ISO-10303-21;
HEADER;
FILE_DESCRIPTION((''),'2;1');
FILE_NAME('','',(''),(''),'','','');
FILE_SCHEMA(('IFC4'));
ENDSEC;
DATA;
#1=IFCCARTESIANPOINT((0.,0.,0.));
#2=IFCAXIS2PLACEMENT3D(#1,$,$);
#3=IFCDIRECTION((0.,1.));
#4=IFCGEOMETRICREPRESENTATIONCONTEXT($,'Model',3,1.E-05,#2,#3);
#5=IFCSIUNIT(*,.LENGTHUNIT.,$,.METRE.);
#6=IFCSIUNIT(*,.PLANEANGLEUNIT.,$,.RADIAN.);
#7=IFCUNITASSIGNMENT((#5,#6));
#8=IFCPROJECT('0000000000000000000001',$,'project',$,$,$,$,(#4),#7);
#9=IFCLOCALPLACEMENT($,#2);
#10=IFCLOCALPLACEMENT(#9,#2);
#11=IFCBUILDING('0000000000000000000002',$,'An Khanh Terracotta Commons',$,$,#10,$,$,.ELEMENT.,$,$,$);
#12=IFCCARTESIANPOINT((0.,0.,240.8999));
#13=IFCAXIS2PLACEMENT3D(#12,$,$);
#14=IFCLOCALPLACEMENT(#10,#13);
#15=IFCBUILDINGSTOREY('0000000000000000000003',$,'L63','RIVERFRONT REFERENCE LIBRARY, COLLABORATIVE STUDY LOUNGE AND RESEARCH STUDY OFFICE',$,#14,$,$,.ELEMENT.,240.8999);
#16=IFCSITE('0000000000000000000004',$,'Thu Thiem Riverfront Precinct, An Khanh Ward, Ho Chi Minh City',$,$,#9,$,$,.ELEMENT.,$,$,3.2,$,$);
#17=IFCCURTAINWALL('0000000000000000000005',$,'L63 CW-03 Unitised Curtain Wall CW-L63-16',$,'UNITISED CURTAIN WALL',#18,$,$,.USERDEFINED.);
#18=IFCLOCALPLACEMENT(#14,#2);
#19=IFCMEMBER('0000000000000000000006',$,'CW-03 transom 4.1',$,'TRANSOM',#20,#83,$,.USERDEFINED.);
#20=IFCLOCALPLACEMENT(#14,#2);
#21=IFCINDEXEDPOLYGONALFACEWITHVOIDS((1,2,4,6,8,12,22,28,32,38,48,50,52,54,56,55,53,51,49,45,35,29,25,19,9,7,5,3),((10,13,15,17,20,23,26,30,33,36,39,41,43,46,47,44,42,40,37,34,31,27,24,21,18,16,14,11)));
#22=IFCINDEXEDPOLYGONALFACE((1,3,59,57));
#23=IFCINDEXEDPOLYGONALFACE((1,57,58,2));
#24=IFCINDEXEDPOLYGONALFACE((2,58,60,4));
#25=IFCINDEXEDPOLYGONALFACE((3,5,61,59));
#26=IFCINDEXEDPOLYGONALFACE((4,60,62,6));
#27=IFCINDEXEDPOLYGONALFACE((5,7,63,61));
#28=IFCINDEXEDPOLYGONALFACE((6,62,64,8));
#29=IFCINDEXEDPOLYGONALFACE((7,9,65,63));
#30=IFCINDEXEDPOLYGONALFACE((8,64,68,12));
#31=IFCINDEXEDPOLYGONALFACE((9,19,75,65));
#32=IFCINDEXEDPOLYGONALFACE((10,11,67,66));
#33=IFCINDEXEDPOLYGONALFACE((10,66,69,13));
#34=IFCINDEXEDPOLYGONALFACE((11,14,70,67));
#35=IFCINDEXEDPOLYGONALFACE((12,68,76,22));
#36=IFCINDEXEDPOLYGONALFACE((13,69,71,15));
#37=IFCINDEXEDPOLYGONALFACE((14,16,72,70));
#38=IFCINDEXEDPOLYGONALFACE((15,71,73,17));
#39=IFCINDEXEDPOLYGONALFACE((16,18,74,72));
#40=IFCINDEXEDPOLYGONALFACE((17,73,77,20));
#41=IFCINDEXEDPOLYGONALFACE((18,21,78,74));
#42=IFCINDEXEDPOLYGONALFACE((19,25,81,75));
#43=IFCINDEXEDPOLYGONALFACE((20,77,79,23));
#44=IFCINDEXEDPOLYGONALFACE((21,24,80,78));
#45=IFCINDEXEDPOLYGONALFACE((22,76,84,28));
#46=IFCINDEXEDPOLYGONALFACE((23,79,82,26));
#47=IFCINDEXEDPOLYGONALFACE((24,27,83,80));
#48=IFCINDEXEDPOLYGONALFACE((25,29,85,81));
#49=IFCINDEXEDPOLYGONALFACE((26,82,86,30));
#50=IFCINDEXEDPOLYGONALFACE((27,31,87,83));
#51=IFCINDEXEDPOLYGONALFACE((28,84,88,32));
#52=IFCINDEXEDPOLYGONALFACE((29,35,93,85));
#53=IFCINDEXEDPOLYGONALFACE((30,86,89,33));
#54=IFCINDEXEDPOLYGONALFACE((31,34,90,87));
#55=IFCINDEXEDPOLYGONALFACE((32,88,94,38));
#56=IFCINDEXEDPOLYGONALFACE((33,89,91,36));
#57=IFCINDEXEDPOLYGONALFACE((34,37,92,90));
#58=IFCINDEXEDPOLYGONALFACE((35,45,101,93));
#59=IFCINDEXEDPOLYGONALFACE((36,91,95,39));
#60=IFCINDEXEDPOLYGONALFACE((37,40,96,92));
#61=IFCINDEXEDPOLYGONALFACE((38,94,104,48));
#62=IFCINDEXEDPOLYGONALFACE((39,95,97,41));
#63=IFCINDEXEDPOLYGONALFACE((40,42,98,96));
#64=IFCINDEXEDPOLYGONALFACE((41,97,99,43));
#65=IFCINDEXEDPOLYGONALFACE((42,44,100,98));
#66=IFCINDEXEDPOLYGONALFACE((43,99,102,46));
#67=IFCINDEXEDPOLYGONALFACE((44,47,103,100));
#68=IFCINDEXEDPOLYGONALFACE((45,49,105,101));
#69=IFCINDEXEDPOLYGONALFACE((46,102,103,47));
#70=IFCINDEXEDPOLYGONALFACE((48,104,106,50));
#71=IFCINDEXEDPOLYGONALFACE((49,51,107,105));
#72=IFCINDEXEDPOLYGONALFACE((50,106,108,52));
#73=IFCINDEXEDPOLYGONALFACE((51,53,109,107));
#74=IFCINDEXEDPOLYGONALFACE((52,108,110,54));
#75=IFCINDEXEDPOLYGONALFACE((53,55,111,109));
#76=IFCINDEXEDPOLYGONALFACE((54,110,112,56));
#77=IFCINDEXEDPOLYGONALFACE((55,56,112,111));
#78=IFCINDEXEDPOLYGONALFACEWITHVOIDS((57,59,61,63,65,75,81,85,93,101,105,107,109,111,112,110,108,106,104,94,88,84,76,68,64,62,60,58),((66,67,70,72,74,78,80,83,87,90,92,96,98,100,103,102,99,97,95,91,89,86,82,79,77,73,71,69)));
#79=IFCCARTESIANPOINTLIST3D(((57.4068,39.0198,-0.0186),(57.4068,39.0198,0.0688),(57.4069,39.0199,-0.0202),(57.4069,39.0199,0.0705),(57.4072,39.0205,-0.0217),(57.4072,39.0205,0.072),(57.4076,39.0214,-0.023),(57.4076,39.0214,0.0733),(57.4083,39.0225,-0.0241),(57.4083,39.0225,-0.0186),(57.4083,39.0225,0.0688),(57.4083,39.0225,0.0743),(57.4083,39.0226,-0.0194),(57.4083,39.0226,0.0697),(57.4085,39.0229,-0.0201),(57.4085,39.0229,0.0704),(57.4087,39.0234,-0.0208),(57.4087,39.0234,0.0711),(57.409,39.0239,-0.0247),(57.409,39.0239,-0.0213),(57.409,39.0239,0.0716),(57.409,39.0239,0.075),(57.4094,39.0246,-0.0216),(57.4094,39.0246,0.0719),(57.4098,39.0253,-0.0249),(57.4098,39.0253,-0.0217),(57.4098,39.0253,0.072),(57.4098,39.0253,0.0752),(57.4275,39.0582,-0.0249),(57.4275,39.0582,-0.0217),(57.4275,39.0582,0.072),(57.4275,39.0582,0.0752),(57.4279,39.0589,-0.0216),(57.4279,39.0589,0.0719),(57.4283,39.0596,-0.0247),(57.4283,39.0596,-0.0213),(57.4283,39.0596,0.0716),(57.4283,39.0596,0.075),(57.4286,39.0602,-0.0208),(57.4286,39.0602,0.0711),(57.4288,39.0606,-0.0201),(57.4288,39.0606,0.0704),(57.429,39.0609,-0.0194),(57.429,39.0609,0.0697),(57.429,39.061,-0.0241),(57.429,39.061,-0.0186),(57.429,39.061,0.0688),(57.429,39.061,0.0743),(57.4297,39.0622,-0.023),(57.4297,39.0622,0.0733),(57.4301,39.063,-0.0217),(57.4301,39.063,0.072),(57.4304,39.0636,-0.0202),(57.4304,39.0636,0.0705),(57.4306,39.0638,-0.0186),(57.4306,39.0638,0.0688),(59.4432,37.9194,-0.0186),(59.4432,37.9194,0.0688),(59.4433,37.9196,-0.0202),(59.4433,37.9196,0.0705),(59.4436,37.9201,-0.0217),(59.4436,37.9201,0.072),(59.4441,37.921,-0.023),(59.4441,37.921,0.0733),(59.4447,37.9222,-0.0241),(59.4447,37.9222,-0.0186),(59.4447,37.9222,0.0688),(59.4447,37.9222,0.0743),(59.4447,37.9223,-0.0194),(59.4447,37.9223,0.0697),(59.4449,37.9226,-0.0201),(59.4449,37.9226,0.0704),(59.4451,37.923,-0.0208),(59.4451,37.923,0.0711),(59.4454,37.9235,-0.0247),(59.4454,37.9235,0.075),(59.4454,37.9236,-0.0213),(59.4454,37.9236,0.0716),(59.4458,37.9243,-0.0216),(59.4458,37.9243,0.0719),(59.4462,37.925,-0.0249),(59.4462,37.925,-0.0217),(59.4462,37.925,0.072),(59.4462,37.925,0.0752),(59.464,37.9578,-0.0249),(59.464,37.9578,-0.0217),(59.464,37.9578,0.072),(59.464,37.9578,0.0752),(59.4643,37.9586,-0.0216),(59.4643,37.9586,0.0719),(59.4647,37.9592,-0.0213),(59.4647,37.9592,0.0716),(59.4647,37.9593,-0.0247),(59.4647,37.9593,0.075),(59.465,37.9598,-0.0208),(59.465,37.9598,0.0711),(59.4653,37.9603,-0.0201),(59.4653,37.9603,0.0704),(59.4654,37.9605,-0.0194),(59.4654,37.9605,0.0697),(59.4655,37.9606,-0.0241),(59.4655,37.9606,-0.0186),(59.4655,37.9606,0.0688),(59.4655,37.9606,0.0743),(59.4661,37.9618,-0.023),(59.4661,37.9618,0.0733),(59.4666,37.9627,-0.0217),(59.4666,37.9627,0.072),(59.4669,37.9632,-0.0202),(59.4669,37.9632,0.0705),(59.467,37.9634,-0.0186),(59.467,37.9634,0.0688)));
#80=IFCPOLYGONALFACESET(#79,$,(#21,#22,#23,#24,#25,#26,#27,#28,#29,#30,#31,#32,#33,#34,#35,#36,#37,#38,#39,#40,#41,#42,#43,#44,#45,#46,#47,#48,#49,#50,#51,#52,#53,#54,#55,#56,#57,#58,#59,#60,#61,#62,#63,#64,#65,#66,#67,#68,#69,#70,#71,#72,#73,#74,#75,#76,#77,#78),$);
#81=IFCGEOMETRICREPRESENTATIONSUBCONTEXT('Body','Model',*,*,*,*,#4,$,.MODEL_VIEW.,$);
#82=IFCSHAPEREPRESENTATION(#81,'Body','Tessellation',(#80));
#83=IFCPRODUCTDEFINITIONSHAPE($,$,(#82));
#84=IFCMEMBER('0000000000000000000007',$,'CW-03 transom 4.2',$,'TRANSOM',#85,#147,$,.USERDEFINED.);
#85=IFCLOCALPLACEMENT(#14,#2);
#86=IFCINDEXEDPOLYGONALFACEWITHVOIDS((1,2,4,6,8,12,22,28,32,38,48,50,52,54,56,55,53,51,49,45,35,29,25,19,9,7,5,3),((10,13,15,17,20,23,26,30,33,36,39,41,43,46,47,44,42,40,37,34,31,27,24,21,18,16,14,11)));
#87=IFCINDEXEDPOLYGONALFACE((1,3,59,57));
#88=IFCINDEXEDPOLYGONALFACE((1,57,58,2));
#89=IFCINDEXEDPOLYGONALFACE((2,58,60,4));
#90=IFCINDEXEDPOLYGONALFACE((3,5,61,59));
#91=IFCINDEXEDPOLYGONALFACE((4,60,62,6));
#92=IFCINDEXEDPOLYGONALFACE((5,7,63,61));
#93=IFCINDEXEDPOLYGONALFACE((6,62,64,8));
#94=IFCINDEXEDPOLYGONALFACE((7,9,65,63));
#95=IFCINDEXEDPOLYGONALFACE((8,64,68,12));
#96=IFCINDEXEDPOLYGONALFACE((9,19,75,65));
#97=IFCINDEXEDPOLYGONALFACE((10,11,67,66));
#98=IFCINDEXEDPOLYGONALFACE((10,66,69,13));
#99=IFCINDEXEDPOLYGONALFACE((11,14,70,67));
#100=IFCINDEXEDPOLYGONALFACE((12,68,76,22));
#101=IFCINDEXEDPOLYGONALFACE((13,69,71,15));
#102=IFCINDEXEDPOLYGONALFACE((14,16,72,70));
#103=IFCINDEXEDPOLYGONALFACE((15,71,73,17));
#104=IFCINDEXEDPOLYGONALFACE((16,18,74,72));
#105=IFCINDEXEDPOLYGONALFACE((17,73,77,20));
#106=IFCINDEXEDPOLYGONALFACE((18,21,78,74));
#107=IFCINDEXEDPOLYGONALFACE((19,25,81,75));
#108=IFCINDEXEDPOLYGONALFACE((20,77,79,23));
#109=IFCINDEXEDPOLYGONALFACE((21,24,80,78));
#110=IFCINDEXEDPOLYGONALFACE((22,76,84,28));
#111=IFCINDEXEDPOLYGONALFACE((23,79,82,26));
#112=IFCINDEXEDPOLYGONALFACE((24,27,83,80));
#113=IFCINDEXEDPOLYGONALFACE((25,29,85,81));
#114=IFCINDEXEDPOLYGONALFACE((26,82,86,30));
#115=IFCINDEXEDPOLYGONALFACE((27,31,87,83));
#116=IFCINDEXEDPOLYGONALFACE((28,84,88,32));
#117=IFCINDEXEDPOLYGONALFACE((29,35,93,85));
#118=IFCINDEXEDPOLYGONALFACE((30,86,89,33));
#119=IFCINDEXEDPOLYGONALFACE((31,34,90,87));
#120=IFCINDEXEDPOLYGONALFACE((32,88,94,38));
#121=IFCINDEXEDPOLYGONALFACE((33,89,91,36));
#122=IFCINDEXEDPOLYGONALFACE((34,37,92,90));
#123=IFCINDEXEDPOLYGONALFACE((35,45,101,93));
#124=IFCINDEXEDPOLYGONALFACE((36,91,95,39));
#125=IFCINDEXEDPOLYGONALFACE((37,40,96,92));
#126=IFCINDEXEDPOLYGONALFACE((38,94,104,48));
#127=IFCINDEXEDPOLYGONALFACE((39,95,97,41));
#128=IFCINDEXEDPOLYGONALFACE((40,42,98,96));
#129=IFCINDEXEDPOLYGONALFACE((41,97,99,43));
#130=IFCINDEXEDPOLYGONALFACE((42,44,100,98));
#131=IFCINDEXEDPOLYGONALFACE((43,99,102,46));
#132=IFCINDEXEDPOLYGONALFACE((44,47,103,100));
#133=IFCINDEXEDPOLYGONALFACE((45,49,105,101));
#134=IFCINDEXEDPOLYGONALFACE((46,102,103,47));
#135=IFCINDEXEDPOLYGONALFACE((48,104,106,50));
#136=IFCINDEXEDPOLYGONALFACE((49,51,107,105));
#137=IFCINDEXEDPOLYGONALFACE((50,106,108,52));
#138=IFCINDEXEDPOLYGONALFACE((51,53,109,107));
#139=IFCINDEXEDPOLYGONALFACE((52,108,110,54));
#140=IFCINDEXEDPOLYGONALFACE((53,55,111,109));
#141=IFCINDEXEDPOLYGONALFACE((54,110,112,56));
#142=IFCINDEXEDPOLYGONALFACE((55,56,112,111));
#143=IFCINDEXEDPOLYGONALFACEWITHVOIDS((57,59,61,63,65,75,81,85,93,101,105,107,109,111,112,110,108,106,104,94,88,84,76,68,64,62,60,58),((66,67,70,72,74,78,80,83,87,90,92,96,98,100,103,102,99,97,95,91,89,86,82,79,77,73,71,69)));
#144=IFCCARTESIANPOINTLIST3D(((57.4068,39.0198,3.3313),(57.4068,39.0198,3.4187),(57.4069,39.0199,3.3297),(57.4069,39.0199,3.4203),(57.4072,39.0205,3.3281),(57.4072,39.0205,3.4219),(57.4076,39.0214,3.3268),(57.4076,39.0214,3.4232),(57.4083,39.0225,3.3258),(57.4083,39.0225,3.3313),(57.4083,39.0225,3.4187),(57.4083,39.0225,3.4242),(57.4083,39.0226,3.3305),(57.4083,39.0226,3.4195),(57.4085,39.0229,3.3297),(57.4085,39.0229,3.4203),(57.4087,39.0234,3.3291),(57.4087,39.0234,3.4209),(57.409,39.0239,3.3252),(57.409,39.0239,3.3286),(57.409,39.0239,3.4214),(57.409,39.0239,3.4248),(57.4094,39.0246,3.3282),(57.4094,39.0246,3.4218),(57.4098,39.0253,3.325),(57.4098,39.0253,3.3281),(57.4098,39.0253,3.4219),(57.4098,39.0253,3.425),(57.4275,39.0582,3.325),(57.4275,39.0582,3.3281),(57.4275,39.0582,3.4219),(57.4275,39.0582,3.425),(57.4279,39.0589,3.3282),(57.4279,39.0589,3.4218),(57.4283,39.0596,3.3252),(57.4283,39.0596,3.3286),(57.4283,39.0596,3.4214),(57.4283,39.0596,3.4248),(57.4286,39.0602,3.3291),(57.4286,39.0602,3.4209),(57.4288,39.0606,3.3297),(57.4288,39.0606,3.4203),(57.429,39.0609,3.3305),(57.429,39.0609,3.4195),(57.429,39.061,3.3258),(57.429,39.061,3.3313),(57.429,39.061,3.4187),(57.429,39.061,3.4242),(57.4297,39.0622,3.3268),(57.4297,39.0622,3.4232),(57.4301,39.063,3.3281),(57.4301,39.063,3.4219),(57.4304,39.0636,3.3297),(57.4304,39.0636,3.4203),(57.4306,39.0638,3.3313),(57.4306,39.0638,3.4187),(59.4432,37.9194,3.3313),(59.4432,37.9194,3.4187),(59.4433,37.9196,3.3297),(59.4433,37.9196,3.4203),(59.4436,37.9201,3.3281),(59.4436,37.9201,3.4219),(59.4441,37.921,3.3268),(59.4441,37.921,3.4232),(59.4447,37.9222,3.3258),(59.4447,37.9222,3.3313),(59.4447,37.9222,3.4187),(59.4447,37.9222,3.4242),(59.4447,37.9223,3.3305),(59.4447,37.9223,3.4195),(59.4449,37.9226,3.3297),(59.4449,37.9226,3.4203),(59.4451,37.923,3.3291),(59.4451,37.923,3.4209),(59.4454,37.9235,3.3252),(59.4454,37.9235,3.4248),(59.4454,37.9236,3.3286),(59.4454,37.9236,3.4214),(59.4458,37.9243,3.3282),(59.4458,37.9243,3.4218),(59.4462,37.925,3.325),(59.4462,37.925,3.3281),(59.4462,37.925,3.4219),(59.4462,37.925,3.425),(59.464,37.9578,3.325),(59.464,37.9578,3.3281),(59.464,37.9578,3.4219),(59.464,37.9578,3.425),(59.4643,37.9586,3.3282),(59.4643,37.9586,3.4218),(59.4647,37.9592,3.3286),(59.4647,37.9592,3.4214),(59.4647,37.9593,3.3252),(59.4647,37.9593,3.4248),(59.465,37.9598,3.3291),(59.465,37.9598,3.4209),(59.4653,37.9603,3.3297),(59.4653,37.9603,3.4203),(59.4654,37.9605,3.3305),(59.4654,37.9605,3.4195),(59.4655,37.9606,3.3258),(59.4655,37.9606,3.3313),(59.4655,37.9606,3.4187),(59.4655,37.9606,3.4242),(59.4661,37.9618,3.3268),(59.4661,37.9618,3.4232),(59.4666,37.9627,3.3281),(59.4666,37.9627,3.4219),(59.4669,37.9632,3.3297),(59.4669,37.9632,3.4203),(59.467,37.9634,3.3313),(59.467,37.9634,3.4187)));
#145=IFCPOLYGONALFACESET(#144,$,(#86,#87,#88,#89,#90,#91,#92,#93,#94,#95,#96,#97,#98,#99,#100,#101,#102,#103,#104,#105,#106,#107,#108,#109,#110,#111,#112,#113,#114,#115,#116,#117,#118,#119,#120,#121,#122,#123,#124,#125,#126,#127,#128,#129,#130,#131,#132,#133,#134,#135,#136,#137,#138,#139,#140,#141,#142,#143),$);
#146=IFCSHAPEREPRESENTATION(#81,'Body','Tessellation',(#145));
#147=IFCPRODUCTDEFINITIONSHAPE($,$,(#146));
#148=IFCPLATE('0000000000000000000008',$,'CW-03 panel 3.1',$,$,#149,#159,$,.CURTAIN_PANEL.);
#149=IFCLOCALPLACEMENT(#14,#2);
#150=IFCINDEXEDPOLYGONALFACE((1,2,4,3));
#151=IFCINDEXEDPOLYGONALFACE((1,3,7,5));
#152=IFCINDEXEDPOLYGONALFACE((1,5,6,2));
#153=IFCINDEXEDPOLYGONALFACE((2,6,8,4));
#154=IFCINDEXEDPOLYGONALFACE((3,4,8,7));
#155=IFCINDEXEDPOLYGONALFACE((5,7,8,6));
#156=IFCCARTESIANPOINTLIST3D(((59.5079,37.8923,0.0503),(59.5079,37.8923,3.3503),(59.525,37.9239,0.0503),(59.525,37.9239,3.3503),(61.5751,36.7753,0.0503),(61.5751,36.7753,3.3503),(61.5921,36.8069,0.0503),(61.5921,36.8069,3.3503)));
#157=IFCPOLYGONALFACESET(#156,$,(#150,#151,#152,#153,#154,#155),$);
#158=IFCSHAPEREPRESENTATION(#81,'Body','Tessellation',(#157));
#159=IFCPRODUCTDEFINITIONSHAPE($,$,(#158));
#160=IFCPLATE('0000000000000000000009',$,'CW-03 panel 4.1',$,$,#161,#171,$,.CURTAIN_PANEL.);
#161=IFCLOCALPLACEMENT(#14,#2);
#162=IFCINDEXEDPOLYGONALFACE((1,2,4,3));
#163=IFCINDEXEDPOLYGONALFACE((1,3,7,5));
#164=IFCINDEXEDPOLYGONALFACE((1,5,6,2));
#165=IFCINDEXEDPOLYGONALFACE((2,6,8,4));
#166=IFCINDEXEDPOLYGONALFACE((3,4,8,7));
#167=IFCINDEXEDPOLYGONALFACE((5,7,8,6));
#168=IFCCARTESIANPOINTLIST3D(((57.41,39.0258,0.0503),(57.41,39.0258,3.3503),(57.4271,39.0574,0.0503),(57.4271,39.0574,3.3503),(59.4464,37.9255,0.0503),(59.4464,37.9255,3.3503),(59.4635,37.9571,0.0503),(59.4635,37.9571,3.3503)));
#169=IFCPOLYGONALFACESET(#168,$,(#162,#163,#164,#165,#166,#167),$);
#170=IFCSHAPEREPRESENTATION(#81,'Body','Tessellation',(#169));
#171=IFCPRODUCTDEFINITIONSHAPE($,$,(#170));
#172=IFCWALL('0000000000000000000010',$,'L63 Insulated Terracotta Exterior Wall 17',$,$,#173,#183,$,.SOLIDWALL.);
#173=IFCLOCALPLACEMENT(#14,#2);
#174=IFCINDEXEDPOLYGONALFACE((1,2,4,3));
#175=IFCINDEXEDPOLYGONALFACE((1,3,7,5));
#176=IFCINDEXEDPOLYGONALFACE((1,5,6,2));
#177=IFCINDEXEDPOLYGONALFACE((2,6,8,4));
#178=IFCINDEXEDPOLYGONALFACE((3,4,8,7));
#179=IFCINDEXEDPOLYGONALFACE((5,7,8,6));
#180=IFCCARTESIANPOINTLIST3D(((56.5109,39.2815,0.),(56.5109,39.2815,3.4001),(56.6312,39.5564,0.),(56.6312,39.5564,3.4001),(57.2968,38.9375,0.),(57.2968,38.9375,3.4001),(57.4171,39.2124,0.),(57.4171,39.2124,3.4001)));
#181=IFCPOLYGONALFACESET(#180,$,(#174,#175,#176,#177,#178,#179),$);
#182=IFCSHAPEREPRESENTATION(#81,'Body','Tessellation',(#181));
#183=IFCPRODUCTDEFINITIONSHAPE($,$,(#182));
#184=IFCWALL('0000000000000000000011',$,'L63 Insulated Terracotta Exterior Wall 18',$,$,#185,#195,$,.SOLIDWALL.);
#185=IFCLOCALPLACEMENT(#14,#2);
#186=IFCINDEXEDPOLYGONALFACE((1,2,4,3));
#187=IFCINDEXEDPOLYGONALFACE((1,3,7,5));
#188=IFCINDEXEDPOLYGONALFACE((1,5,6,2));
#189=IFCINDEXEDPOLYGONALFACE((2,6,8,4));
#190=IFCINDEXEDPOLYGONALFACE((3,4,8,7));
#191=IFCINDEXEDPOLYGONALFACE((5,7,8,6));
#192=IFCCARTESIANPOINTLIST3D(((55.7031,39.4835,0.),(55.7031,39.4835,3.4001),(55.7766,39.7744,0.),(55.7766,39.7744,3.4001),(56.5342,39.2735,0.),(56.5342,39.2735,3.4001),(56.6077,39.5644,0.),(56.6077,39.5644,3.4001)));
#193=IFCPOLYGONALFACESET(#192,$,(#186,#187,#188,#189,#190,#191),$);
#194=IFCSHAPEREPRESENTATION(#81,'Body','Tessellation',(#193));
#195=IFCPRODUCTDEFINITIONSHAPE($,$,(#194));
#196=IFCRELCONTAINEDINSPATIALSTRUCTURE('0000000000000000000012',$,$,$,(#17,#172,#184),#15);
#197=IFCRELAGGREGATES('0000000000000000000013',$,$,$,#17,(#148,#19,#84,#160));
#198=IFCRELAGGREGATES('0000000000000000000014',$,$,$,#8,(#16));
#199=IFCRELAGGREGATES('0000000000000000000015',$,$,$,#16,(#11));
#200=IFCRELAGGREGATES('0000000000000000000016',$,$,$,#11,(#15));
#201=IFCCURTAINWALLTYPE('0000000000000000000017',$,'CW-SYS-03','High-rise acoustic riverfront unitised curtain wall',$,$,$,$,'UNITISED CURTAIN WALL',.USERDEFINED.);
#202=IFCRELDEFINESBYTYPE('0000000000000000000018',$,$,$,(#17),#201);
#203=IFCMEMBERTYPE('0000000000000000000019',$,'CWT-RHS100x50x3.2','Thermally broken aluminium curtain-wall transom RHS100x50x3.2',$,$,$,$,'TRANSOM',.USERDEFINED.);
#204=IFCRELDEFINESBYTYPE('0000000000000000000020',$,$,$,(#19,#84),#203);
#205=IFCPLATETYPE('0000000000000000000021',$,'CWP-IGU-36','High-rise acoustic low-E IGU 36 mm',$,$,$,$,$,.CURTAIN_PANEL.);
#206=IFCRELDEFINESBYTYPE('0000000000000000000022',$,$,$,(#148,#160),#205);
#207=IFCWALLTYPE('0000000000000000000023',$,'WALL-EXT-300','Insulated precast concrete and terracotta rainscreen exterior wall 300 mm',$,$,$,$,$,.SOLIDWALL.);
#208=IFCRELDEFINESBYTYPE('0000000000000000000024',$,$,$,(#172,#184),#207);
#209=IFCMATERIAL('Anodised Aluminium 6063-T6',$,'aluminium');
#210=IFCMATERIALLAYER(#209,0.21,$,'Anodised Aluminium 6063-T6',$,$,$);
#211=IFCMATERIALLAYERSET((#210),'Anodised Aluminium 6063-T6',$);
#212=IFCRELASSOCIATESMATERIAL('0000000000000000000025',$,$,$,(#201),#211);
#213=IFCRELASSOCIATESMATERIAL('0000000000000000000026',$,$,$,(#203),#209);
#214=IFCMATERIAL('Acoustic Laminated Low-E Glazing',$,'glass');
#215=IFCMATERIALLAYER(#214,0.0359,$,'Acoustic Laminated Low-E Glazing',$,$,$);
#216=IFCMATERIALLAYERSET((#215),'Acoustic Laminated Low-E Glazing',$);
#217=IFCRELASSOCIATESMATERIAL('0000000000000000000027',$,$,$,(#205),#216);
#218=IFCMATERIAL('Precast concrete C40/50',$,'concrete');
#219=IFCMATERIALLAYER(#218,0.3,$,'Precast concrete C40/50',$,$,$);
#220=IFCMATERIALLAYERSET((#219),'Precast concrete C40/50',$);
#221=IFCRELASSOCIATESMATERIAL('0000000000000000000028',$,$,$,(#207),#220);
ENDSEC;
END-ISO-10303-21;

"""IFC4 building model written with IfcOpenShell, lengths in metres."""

from ifc_helpers import new_model, si_unit, direction, frame, frame_2d, origin, origin_2d, place, context, subcontext, project, spatial, rectangle, hollow_rectangle, extrude, material, layer, layer_set, material_profile, profile_set, type_object, element, aggregate, save


model = new_model("IFC4")

# Units and contexts
model_context = context("Model", 3, precision=1e-05, world=origin(), true_north=direction((0.0, 1.0)))
body_context = subcontext(model_context, "Body", "Model", "MODEL_VIEW")
ifc_project = project(units=[si_unit("LENGTHUNIT", "METRE"), si_unit("PLANEANGLEUNIT", "RADIAN")], contexts=[model_context])

# Site, building, storey
site_placement = place(None, origin())
site = spatial("IfcSite", under=ifc_project, at=site_placement, Name="Thu Thiem Riverfront Precinct, An Khanh Ward, Ho Chi Minh City", CompositionType="ELEMENT", RefElevation=3.2)
building_placement = place(site_placement, origin())
building = spatial("IfcBuilding", under=site, at=building_placement, Name="An Khanh Terracotta Commons", CompositionType="ELEMENT")
storey_placement = place(building_placement, frame((0.0, 0.0, 240.8999)))
storey = spatial("IfcBuildingStorey", under=building, at=storey_placement, Name="L63", Description="RIVERFRONT REFERENCE LIBRARY, COLLABORATIVE STUDY LOUNGE AND RESEARCH STUDY OFFICE", CompositionType="ELEMENT", Elevation=240.8999)

# Curtain wall, members, plates
ifc_material_1 = material(Name="Anodised Aluminium 6063-T6", Category="aluminium")
ifc_layer_1 = layer(ifc_material_1, 0.21, Name="Anodised Aluminium 6063-T6")
ifc_layer_set_1 = layer_set([ifc_layer_1], Name="Anodised Aluminium 6063-T6")
curtain_wall_type = type_object("IfcCurtainWallType", Name="CW-SYS-03", Description="High-rise acoustic riverfront unitised curtain wall", ElementType="UNITISED CURTAIN WALL", PredefinedType="USERDEFINED", material=ifc_layer_set_1)
curtain_wall_placement = place(storey_placement, origin())
curtain_wall = element("IfcCurtainWall", 1, at=curtain_wall_placement, inside=storey, type_object=curtain_wall_type, Name="L63 CW-03 Unitised Curtain Wall CW-L63-16", ObjectType="UNITISED CURTAIN WALL", PredefinedType="USERDEFINED")
ifc_material_profile_1 = material_profile(ifc_material_1, hollow_rectangle(XDim=0.05, YDim=0.1001, WallThickness=0.0032, InnerFilletRadius=0.0032, OuterFilletRadius=0.0063, at=origin_2d()), Name="RHS100x50x3.2")
ifc_profile_set_1 = profile_set([ifc_material_profile_1], Name="Anodised Aluminium 6063-T6")
member_type_1 = type_object("IfcMemberType", Name="CWT-RHS100x50x3.2", Description="Thermally broken aluminium curtain-wall transom RHS100x50x3.2", ElementType="TRANSOM", PredefinedType="USERDEFINED", material=ifc_profile_set_1)
member_1_placement = place(storey_placement, frame((59.4551, 37.9414, 0.0251), z_axis=(-0.879779, 0.475382, 0.0), x_axis=(-0.475382, -0.879779, 0.0)))
member_1 = element("IfcMember", 2, at=member_1_placement, type_object=member_type_1, Name="CW-03 transom 4.1", ObjectType="TRANSOM", PredefinedType="USERDEFINED", context=body_context, shape_type="SweptSolid", body=[
    extrude(hollow_rectangle(XDim=0.05, YDim=0.1001, WallThickness=0.0032, InnerFilletRadius=0.0032, OuterFilletRadius=0.0063, at=origin_2d()), origin(), (0.0, 0.0, 1.0), 2.3147),
])
member_2_placement = place(storey_placement, frame((59.4551, 37.9414, 3.375), z_axis=(-0.879779, 0.475382, 0.0), x_axis=(-0.475382, -0.879779, 0.0)))
member_2 = element("IfcMember", 3, at=member_2_placement, type_object=member_type_1, Name="CW-03 transom 4.2", ObjectType="TRANSOM", PredefinedType="USERDEFINED", context=body_context, shape_type="SweptSolid", body=[
    extrude(hollow_rectangle(XDim=0.05, YDim=0.1001, WallThickness=0.0032, InnerFilletRadius=0.0032, OuterFilletRadius=0.0063, at=origin_2d()), origin(), (0.0, 0.0, 1.0), 2.3147),
])
ifc_material_2 = material(Name="Acoustic Laminated Low-E Glazing", Category="glass")
ifc_layer_2 = layer(ifc_material_2, 0.0359, Name="Acoustic Laminated Low-E Glazing")
ifc_layer_set_2 = layer_set([ifc_layer_2], Name="Acoustic Laminated Low-E Glazing")
plate_type = type_object("IfcPlateType", Name="CWP-IGU-36", Description="High-rise acoustic low-E IGU 36 mm", PredefinedType="CURTAIN_PANEL", material=ifc_layer_set_2)
plate_1_placement = place(storey_placement, frame((60.55, 37.3496, 0.0503), z_axis=(0.0, 0.0, 1.0), x_axis=(-0.87978, 0.475381, 0.0)))
plate_1 = element("IfcPlate", 4, at=plate_1_placement, type_object=plate_type, Name="CW-03 panel 3.1", PredefinedType="CURTAIN_PANEL", context=body_context, shape_type="SweptSolid", body=[
    extrude(rectangle(XDim=2.3496, YDim=0.0359, at=origin_2d()), origin(), (0.0, 0.0, 1.0), 3.3),
])
plate_2_placement = place(storey_placement, frame((58.4368, 38.4915, 0.0503), z_axis=(0.0, 0.0, 1.0), x_axis=(-0.87978, 0.475381, 0.0)))
plate_2 = element("IfcPlate", 5, at=plate_2_placement, type_object=plate_type, Name="CW-03 panel 4.1", PredefinedType="CURTAIN_PANEL", context=body_context, shape_type="SweptSolid", body=[
    extrude(rectangle(XDim=2.3147, YDim=0.0359, at=origin_2d()), origin(), (0.0, 0.0, 1.0), 3.3),
])
aggregate(curtain_wall, [plate_1, member_1, member_2, plate_2])

# Walls
ifc_material_3 = material(Name="Precast concrete C40/50", Category="concrete")
ifc_layer_3 = layer(ifc_material_3, 0.3, Name="Precast concrete C40/50")
ifc_layer_set_3 = layer_set([ifc_layer_3], Name="Precast concrete C40/50")
wall_type = type_object("IfcWallType", Name="WALL-EXT-300", Description="Insulated precast concrete and terracotta rainscreen exterior wall 300 mm", PredefinedType="SOLIDWALL", material=ifc_layer_set_3)
wall_1_placement = place(storey_placement, frame((57.3569, 39.075, 0.0), z_axis=(0.0, 0.0, 1.0), x_axis=(-0.916085, 0.400983, 0.0)))
element("IfcWall", 6, at=wall_1_placement, inside=storey, type_object=wall_type, Name="L63 Insulated Terracotta Exterior Wall 17", PredefinedType="SOLIDWALL", context=body_context, shape_type="SweptSolid", body=[
    extrude(rectangle(XDim=0.8579, YDim=0.3, at=frame_2d((0.429, 0.0))), origin(), (0.0, 0.0, 1.0), 3.4001),
])
wall_2_placement = place(storey_placement, frame((56.571, 39.4189, 0.0), z_axis=(0.0, 0.0, 1.0), x_axis=(-0.969536, 0.244947, 0.0)))
element("IfcWall", 7, at=wall_2_placement, inside=storey, type_object=wall_type, Name="L63 Insulated Terracotta Exterior Wall 18", PredefinedType="SOLIDWALL", context=body_context, shape_type="SweptSolid", body=[
    extrude(rectangle(XDim=0.8572, YDim=0.3, at=frame_2d((0.4287, 0.0))), origin(), (0.0, 0.0, 1.0), 3.4001),
])

save(model, "model.ifc")
